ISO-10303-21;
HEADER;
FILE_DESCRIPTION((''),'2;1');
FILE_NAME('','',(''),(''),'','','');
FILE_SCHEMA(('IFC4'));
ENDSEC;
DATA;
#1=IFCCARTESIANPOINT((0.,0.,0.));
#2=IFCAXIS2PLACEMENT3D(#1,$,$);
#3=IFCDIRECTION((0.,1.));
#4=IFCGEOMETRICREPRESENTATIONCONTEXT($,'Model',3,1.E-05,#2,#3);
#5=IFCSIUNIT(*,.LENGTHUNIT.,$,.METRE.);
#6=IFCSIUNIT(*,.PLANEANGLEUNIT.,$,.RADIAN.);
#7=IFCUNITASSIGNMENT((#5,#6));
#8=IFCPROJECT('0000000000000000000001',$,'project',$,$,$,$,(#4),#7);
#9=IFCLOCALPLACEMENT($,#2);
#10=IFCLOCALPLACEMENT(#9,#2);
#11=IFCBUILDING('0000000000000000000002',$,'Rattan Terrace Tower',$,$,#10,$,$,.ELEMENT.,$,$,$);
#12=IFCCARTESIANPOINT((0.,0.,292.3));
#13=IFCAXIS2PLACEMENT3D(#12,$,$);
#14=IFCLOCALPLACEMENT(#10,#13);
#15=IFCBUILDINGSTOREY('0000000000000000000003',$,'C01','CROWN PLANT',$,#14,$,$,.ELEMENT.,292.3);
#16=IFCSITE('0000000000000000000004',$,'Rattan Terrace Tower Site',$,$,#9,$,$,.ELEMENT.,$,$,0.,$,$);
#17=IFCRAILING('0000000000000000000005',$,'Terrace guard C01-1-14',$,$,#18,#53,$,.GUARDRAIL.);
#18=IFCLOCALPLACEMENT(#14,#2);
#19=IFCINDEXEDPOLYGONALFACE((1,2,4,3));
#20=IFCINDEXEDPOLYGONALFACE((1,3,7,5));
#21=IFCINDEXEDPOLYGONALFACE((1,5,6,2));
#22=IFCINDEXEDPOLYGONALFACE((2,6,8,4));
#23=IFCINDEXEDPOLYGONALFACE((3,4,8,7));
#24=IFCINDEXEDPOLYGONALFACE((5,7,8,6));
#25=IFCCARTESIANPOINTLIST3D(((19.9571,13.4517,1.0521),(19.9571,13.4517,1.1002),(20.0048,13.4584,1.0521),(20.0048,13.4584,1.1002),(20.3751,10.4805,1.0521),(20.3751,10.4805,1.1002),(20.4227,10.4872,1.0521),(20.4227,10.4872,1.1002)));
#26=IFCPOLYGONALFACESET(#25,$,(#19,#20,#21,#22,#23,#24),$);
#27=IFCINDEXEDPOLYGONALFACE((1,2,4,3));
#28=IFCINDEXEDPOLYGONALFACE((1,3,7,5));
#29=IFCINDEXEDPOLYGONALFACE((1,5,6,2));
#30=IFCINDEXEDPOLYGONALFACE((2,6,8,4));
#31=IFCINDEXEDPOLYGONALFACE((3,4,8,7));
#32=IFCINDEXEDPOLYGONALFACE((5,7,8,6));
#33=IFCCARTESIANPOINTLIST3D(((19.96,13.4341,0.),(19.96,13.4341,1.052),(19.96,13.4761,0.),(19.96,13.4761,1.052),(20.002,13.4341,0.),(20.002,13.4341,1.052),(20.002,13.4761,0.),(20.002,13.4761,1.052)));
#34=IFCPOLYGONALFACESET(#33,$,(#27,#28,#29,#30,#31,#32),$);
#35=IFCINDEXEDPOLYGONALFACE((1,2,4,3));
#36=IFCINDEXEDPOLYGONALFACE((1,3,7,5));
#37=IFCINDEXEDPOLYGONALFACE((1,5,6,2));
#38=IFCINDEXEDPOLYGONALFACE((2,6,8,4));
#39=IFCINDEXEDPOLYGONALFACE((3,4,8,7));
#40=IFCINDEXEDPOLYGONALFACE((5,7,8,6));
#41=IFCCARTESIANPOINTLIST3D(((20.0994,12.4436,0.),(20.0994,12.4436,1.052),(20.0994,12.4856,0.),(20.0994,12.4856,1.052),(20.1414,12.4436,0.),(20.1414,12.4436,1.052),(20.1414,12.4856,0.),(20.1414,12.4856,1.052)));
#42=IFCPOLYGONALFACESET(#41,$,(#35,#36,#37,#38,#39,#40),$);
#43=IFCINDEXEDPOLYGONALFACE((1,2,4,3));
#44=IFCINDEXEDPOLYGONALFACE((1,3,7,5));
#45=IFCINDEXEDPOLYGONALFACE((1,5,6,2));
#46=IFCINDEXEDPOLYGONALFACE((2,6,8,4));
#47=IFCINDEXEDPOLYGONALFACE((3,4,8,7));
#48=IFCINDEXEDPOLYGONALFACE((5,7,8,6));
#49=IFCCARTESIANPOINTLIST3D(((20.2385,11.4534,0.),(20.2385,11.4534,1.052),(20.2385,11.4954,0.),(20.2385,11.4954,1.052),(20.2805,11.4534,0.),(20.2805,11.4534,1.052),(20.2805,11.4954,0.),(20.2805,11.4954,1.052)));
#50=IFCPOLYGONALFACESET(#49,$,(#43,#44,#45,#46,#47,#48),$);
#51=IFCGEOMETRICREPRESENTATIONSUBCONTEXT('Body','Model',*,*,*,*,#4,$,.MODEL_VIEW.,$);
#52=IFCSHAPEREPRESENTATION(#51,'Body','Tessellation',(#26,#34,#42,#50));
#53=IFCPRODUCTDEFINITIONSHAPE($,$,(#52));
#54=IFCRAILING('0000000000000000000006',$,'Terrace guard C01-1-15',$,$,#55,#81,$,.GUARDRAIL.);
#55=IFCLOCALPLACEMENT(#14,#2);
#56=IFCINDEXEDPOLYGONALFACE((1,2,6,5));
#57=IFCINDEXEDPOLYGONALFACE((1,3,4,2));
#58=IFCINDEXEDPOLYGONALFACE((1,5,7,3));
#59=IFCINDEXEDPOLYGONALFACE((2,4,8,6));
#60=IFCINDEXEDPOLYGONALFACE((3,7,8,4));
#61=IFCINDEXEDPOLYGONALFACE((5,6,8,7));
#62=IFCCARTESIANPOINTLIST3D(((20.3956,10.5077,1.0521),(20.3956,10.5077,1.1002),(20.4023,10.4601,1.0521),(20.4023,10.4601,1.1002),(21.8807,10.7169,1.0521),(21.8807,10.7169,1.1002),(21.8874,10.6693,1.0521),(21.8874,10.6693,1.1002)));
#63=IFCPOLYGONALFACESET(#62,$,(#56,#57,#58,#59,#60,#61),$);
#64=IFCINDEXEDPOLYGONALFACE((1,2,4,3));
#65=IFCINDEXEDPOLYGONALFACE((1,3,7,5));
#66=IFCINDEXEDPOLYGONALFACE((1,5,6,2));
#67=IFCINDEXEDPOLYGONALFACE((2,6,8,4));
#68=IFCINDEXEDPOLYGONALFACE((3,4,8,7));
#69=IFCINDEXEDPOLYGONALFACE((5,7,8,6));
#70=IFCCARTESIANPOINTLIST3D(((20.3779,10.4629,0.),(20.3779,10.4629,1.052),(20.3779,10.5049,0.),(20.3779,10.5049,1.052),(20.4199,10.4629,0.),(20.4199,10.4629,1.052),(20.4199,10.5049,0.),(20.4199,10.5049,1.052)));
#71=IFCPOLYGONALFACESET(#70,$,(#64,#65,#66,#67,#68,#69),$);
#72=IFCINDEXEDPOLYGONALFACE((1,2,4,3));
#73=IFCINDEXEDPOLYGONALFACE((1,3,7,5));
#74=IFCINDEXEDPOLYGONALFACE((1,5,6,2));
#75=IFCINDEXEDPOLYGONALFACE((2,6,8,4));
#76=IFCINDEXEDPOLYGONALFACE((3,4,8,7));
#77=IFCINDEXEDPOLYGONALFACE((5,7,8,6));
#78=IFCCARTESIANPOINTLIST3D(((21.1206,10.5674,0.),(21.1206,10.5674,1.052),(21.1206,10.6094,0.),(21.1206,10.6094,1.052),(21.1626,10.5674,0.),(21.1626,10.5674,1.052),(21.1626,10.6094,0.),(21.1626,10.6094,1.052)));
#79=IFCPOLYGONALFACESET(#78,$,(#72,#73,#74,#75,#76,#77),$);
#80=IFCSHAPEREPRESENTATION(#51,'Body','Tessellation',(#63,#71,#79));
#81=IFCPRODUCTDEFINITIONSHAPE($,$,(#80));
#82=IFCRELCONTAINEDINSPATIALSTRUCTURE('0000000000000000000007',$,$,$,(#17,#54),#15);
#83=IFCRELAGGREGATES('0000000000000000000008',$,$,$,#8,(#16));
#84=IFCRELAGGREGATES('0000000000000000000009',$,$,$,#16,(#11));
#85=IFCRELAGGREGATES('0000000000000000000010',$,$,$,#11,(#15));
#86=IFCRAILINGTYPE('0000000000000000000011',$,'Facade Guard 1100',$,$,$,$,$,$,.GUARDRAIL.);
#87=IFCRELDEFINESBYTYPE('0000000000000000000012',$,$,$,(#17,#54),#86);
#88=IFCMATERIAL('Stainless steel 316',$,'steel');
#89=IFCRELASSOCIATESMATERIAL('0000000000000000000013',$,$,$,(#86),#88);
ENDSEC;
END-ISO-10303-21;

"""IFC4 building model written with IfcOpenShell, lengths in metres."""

from ifc_helpers import new_model, si_unit, direction, frame, origin, origin_2d, place, context, subcontext, project, spatial, rectangle, extrude, material, type_object, element, save


model = new_model("IFC4")

# Units and contexts
model_context = context("Model", 3, precision=1e-05, world=origin(), true_north=direction((0.0, 1.0)))
body_context = subcontext(model_context, "Body", "Model", "MODEL_VIEW")
ifc_project = project(units=[si_unit("LENGTHUNIT", "METRE"), si_unit("PLANEANGLEUNIT", "RADIAN")], contexts=[model_context])

# Site, building, storey
site_placement = place(None, origin())
site = spatial("IfcSite", under=ifc_project, at=site_placement, Name="Rattan Terrace Tower Site", CompositionType="ELEMENT", RefElevation=0.0)
building_placement = place(site_placement, origin())
building = spatial("IfcBuilding", under=site, at=building_placement, Name="Rattan Terrace Tower", CompositionType="ELEMENT")
storey_placement = place(building_placement, frame((0.0, 0.0, 292.3)))
storey = spatial("IfcBuildingStorey", under=building, at=storey_placement, Name="C01", Description="CROWN PLANT", CompositionType="ELEMENT", Elevation=292.3)

# Railings
ifc_material_1 = material(Name="Stainless steel 316", Category="steel")
railing_type_1 = type_object("IfcRailingType", Name="Facade Guard 1100", PredefinedType="GUARDRAIL", material=ifc_material_1)
railing_1_placement = place(storey_placement, frame((19.981, 13.4551, 0.0)))
element("IfcRailing", 1, at=railing_1_placement, inside=storey, type_object=railing_type_1, Name="Terrace guard C01-1-14", PredefinedType="GUARDRAIL", context=body_context, shape_type="SweptSolid", body=[
    extrude(rectangle(XDim=0.0481, YDim=0.0481, at=origin_2d()), frame((0.0, 0.0, 1.0762), z_axis=(0.139302, -0.99025, 0.0), x_axis=(0.99025, 0.139302, 0.0)), (0.0, 0.0, 1.0), 3.0005),
    extrude(rectangle(XDim=0.042, YDim=0.042, at=origin_2d()), origin(), (0.0, 0.0, 1.0), 1.052),
    extrude(rectangle(XDim=0.042, YDim=0.042, at=origin_2d()), frame((0.1394, -0.9905, 0.0)), (0.0, 0.0, 1.0), 1.052),
    extrude(rectangle(XDim=0.042, YDim=0.042, at=origin_2d()), frame((0.2786, -1.9807, 0.0)), (0.0, 0.0, 1.0), 1.052),
])
railing_2_placement = place(storey_placement, frame((20.3989, 10.4839, 0.0)))
element("IfcRailing", 2, at=railing_2_placement, inside=storey, type_object=railing_type_1, Name="Terrace guard C01-1-15", PredefinedType="GUARDRAIL", context=body_context, shape_type="SweptSolid", body=[
    extrude(rectangle(XDim=0.0481, YDim=0.0481, at=origin_2d()), frame((0.0, 0.0, 1.0762), z_axis=(0.990221, 0.139507, 0.0), x_axis=(-0.139507, 0.990221, 0.0)), (0.0, 0.0, 1.0), 1.4998),
    extrude(rectangle(XDim=0.042, YDim=0.042, at=origin_2d()), origin(), (0.0, 0.0, 1.0), 1.052),
    extrude(rectangle(XDim=0.042, YDim=0.042, at=origin_2d()), frame((0.7427, 0.1045, 0.0)), (0.0, 0.0, 1.0), 1.052),
])

save(model, "model.ifc")
